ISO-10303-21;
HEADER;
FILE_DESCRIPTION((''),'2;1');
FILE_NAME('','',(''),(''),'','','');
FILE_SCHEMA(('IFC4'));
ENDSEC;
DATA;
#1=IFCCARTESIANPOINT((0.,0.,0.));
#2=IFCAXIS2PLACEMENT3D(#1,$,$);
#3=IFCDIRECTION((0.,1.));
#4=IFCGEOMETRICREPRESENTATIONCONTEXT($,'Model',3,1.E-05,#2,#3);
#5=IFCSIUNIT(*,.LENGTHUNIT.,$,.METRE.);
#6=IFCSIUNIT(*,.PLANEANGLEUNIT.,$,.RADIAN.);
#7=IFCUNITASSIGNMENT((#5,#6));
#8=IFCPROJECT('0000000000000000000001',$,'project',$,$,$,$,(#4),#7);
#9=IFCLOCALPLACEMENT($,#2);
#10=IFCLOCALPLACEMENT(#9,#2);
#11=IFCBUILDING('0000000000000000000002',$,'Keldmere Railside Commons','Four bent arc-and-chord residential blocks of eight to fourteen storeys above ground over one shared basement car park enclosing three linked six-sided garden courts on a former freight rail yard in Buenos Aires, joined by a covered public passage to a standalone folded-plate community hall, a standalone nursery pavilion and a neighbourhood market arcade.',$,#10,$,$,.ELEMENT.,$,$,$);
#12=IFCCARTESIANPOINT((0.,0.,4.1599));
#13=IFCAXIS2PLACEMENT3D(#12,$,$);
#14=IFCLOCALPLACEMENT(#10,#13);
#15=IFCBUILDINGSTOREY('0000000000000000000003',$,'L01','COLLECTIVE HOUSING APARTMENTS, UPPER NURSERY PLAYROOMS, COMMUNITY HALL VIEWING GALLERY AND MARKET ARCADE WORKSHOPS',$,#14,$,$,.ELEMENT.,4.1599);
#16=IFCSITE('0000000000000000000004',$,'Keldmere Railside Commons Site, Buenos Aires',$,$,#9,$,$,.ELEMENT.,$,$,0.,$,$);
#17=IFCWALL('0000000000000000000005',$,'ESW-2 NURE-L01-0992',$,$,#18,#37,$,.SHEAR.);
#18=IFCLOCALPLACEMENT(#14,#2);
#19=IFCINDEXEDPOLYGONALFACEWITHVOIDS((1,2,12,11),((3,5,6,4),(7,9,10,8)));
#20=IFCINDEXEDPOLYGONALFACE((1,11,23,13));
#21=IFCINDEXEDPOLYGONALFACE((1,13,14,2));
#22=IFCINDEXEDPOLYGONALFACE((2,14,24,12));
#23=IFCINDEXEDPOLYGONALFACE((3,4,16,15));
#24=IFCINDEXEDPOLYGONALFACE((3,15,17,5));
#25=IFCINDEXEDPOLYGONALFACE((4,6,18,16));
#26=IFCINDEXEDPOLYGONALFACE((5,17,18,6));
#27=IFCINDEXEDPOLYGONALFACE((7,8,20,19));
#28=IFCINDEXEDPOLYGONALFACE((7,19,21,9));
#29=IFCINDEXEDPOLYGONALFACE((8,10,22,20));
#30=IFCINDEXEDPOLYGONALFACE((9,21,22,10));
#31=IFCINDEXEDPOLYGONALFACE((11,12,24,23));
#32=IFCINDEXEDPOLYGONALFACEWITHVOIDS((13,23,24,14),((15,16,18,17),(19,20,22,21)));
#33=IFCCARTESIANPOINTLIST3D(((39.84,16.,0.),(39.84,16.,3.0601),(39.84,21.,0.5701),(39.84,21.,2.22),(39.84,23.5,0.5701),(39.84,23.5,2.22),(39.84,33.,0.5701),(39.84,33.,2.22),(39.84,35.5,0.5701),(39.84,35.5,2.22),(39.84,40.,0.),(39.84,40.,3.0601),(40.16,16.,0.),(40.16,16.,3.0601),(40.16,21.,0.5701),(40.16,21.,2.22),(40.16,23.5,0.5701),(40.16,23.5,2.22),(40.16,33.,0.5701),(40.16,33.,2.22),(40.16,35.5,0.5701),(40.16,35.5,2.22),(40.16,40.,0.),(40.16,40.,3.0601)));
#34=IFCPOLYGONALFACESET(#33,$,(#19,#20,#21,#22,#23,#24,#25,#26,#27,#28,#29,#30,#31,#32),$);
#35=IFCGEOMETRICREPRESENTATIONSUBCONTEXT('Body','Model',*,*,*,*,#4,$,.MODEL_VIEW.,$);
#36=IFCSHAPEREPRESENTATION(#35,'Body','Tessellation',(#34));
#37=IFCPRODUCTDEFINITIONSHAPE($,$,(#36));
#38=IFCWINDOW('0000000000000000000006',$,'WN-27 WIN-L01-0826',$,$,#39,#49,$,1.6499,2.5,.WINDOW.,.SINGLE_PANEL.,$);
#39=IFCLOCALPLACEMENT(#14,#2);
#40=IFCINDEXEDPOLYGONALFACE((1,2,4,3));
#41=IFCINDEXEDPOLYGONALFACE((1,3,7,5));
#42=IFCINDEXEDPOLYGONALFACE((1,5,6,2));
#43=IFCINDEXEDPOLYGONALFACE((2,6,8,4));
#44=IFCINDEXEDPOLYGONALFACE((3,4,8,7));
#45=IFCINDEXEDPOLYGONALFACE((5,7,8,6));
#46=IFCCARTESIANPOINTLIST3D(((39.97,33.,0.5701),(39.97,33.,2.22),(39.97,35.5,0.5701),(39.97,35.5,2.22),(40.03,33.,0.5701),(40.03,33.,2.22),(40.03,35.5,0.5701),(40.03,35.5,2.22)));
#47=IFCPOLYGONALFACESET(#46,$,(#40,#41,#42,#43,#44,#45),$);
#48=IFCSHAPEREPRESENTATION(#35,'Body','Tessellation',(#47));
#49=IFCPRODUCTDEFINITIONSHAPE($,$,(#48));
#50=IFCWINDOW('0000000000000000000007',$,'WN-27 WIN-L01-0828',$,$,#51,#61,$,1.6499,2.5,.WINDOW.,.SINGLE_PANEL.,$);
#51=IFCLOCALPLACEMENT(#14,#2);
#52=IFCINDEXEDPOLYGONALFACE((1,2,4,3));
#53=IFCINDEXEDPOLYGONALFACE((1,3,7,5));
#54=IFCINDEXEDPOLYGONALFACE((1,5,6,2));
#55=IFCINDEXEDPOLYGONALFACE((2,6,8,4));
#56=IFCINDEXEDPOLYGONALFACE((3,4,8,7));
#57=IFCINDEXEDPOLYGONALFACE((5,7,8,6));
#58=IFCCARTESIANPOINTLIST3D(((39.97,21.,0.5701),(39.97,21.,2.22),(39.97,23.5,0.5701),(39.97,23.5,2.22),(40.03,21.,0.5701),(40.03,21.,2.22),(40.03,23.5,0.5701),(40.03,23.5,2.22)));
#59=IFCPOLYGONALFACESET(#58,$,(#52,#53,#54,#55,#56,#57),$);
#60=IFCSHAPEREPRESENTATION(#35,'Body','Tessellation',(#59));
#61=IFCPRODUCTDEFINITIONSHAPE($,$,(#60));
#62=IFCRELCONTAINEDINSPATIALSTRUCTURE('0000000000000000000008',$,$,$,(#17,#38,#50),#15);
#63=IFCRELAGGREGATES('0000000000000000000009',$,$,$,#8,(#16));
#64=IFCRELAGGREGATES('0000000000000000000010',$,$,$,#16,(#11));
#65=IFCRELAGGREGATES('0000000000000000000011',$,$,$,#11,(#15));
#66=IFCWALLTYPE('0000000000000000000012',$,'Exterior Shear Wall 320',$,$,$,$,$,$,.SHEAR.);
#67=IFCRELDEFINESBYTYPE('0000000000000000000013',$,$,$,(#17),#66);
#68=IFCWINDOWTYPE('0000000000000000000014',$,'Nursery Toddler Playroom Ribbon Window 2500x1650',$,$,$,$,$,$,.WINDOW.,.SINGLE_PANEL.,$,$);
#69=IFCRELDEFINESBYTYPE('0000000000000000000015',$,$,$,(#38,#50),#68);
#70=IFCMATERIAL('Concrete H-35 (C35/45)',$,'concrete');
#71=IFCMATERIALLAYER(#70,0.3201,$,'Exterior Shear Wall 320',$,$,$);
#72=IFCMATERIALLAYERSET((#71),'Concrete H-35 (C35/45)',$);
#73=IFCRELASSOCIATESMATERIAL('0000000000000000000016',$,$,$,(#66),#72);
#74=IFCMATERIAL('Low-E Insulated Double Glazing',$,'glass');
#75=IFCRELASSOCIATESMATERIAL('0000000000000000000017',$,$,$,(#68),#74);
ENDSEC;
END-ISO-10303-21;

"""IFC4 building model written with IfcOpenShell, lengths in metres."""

from ifc_helpers import new_model, si_unit, direction, frame, frame_2d, origin, place, context, subcontext, project, spatial, rectangle, extrude, material, layer, layer_set, type_object, element, fill, save


model = new_model("IFC4")

# Units and contexts
model_context = context("Model", 3, precision=1e-05, world=origin(), true_north=direction((0.0, 1.0)))
body_context = subcontext(model_context, "Body", "Model", "MODEL_VIEW")
ifc_project = project(units=[si_unit("LENGTHUNIT", "METRE"), si_unit("PLANEANGLEUNIT", "RADIAN")], contexts=[model_context])

# Site, building, storey
site_placement = place(None, origin())
site = spatial("IfcSite", under=ifc_project, at=site_placement, Name="Keldmere Railside Commons Site, Buenos Aires", CompositionType="ELEMENT", RefElevation=0.0)
building_placement = place(site_placement, origin())
building = spatial("IfcBuilding", under=site, at=building_placement, Name="Keldmere Railside Commons", Description="Four bent arc-and-chord residential blocks of eight to fourteen storeys above ground over one shared basement car park enclosing three linked six-sided garden courts on a former freight rail yard in Buenos Aires, joined by a covered public passage to a standalone folded-plate community hall, a standalone nursery pavilion and a neighbourhood market arcade.", CompositionType="ELEMENT")
storey_placement = place(building_placement, frame((0.0, 0.0, 4.1599)))
storey = spatial("IfcBuildingStorey", under=building, at=storey_placement, Name="L01", Description="COLLECTIVE HOUSING APARTMENTS, UPPER NURSERY PLAYROOMS, COMMUNITY HALL VIEWING GALLERY AND MARKET ARCADE WORKSHOPS", CompositionType="ELEMENT", Elevation=4.1599)

# Shared definitions
ifc_material_1 = material(Name="Low-E Insulated Double Glazing", Category="glass")

# Wall, openings, windows
ifc_material_2 = material(Name="Concrete H-35 (C35/45)", Category="concrete")
ifc_layer_1 = layer(ifc_material_2, 0.3201, Name="Exterior Shear Wall 320")
ifc_layer_set_1 = layer_set([ifc_layer_1], Name="Concrete H-35 (C35/45)")
wall_type = type_object("IfcWallType", Name="Exterior Shear Wall 320", PredefinedType="SHEAR", material=ifc_layer_set_1)
wall_placement = place(storey_placement, frame((40.0, 40.0, 0.0), z_axis=(0.0, 0.0, 1.0), x_axis=(0.0, -1.0, 0.0)))
wall = element("IfcWall", 1, at=wall_placement, inside=storey, type_object=wall_type, Name="ESW-2 NURE-L01-0992", PredefinedType="SHEAR", context=body_context, shape_type="SweptSolid", body=[
    extrude(rectangle(XDim=24.0, YDim=0.3201, at=frame_2d((12.0, 0.0))), origin(), (0.0, 0.0, 1.0), 3.0601),
])
opening_1_placement = place(wall_placement, frame((4.5, 0.0, 0.5701)))
opening_1 = element("IfcOpeningElement", 2, at=opening_1_placement, cuts=wall, PredefinedType="OPENING", context=body_context, shape_type="SweptSolid", body=[
    extrude(rectangle(XDim=2.5, YDim=1.6499, at=frame_2d((1.25, 0.825))), frame((0.0, 0.1699, 0.0), z_axis=(0.0, -1.0, 0.0), x_axis=(1.0, 0.0, 0.0)), (0.0, 0.0, 1.0), 0.3401),
])
opening_2_placement = place(wall_placement, frame((16.5, 0.0, 0.5701)))
opening_2 = element("IfcOpeningElement", 3, at=opening_2_placement, cuts=wall, PredefinedType="OPENING", context=body_context, shape_type="SweptSolid", body=[
    extrude(rectangle(XDim=2.5, YDim=1.6499, at=frame_2d((1.25, 0.825))), frame((0.0, 0.1699, 0.0), z_axis=(0.0, -1.0, 0.0), x_axis=(1.0, 0.0, 0.0)), (0.0, 0.0, 1.0), 0.3401),
])
window_type = type_object("IfcWindowType", Name="Nursery Toddler Playroom Ribbon Window 2500x1650", PartitioningType="SINGLE_PANEL", PredefinedType="WINDOW", material=ifc_material_1)
window_1_placement = place(opening_1_placement, origin())
window_1 = element("IfcWindow", 4, at=window_1_placement, inside=storey, type_object=window_type, Name="WN-27 WIN-L01-0826", OverallHeight=1.6499, OverallWidth=2.5, PartitioningType="SINGLE_PANEL", PredefinedType="WINDOW", context=body_context, shape_type="SweptSolid", body=[
    extrude(rectangle(XDim=2.5, YDim=1.6499, at=frame_2d((1.25, 0.825))), frame((0.0, 0.03, 0.0), z_axis=(0.0, -1.0, 0.0), x_axis=(1.0, 0.0, 0.0)), (0.0, 0.0, 1.0), 0.0601),
])
fill(opening_1, window_1)
window_2_placement = place(opening_2_placement, origin())
window_2 = element("IfcWindow", 5, at=window_2_placement, inside=storey, type_object=window_type, Name="WN-27 WIN-L01-0828", OverallHeight=1.6499, OverallWidth=2.5, PartitioningType="SINGLE_PANEL", PredefinedType="WINDOW", context=body_context, shape_type="SweptSolid", body=[
    extrude(rectangle(XDim=2.5, YDim=1.6499, at=frame_2d((1.25, 0.825))), frame((0.0, 0.03, 0.0), z_axis=(0.0, -1.0, 0.0), x_axis=(1.0, 0.0, 0.0)), (0.0, 0.0, 1.0), 0.0601),
])
fill(opening_2, window_2)

save(model, "model.ifc")
